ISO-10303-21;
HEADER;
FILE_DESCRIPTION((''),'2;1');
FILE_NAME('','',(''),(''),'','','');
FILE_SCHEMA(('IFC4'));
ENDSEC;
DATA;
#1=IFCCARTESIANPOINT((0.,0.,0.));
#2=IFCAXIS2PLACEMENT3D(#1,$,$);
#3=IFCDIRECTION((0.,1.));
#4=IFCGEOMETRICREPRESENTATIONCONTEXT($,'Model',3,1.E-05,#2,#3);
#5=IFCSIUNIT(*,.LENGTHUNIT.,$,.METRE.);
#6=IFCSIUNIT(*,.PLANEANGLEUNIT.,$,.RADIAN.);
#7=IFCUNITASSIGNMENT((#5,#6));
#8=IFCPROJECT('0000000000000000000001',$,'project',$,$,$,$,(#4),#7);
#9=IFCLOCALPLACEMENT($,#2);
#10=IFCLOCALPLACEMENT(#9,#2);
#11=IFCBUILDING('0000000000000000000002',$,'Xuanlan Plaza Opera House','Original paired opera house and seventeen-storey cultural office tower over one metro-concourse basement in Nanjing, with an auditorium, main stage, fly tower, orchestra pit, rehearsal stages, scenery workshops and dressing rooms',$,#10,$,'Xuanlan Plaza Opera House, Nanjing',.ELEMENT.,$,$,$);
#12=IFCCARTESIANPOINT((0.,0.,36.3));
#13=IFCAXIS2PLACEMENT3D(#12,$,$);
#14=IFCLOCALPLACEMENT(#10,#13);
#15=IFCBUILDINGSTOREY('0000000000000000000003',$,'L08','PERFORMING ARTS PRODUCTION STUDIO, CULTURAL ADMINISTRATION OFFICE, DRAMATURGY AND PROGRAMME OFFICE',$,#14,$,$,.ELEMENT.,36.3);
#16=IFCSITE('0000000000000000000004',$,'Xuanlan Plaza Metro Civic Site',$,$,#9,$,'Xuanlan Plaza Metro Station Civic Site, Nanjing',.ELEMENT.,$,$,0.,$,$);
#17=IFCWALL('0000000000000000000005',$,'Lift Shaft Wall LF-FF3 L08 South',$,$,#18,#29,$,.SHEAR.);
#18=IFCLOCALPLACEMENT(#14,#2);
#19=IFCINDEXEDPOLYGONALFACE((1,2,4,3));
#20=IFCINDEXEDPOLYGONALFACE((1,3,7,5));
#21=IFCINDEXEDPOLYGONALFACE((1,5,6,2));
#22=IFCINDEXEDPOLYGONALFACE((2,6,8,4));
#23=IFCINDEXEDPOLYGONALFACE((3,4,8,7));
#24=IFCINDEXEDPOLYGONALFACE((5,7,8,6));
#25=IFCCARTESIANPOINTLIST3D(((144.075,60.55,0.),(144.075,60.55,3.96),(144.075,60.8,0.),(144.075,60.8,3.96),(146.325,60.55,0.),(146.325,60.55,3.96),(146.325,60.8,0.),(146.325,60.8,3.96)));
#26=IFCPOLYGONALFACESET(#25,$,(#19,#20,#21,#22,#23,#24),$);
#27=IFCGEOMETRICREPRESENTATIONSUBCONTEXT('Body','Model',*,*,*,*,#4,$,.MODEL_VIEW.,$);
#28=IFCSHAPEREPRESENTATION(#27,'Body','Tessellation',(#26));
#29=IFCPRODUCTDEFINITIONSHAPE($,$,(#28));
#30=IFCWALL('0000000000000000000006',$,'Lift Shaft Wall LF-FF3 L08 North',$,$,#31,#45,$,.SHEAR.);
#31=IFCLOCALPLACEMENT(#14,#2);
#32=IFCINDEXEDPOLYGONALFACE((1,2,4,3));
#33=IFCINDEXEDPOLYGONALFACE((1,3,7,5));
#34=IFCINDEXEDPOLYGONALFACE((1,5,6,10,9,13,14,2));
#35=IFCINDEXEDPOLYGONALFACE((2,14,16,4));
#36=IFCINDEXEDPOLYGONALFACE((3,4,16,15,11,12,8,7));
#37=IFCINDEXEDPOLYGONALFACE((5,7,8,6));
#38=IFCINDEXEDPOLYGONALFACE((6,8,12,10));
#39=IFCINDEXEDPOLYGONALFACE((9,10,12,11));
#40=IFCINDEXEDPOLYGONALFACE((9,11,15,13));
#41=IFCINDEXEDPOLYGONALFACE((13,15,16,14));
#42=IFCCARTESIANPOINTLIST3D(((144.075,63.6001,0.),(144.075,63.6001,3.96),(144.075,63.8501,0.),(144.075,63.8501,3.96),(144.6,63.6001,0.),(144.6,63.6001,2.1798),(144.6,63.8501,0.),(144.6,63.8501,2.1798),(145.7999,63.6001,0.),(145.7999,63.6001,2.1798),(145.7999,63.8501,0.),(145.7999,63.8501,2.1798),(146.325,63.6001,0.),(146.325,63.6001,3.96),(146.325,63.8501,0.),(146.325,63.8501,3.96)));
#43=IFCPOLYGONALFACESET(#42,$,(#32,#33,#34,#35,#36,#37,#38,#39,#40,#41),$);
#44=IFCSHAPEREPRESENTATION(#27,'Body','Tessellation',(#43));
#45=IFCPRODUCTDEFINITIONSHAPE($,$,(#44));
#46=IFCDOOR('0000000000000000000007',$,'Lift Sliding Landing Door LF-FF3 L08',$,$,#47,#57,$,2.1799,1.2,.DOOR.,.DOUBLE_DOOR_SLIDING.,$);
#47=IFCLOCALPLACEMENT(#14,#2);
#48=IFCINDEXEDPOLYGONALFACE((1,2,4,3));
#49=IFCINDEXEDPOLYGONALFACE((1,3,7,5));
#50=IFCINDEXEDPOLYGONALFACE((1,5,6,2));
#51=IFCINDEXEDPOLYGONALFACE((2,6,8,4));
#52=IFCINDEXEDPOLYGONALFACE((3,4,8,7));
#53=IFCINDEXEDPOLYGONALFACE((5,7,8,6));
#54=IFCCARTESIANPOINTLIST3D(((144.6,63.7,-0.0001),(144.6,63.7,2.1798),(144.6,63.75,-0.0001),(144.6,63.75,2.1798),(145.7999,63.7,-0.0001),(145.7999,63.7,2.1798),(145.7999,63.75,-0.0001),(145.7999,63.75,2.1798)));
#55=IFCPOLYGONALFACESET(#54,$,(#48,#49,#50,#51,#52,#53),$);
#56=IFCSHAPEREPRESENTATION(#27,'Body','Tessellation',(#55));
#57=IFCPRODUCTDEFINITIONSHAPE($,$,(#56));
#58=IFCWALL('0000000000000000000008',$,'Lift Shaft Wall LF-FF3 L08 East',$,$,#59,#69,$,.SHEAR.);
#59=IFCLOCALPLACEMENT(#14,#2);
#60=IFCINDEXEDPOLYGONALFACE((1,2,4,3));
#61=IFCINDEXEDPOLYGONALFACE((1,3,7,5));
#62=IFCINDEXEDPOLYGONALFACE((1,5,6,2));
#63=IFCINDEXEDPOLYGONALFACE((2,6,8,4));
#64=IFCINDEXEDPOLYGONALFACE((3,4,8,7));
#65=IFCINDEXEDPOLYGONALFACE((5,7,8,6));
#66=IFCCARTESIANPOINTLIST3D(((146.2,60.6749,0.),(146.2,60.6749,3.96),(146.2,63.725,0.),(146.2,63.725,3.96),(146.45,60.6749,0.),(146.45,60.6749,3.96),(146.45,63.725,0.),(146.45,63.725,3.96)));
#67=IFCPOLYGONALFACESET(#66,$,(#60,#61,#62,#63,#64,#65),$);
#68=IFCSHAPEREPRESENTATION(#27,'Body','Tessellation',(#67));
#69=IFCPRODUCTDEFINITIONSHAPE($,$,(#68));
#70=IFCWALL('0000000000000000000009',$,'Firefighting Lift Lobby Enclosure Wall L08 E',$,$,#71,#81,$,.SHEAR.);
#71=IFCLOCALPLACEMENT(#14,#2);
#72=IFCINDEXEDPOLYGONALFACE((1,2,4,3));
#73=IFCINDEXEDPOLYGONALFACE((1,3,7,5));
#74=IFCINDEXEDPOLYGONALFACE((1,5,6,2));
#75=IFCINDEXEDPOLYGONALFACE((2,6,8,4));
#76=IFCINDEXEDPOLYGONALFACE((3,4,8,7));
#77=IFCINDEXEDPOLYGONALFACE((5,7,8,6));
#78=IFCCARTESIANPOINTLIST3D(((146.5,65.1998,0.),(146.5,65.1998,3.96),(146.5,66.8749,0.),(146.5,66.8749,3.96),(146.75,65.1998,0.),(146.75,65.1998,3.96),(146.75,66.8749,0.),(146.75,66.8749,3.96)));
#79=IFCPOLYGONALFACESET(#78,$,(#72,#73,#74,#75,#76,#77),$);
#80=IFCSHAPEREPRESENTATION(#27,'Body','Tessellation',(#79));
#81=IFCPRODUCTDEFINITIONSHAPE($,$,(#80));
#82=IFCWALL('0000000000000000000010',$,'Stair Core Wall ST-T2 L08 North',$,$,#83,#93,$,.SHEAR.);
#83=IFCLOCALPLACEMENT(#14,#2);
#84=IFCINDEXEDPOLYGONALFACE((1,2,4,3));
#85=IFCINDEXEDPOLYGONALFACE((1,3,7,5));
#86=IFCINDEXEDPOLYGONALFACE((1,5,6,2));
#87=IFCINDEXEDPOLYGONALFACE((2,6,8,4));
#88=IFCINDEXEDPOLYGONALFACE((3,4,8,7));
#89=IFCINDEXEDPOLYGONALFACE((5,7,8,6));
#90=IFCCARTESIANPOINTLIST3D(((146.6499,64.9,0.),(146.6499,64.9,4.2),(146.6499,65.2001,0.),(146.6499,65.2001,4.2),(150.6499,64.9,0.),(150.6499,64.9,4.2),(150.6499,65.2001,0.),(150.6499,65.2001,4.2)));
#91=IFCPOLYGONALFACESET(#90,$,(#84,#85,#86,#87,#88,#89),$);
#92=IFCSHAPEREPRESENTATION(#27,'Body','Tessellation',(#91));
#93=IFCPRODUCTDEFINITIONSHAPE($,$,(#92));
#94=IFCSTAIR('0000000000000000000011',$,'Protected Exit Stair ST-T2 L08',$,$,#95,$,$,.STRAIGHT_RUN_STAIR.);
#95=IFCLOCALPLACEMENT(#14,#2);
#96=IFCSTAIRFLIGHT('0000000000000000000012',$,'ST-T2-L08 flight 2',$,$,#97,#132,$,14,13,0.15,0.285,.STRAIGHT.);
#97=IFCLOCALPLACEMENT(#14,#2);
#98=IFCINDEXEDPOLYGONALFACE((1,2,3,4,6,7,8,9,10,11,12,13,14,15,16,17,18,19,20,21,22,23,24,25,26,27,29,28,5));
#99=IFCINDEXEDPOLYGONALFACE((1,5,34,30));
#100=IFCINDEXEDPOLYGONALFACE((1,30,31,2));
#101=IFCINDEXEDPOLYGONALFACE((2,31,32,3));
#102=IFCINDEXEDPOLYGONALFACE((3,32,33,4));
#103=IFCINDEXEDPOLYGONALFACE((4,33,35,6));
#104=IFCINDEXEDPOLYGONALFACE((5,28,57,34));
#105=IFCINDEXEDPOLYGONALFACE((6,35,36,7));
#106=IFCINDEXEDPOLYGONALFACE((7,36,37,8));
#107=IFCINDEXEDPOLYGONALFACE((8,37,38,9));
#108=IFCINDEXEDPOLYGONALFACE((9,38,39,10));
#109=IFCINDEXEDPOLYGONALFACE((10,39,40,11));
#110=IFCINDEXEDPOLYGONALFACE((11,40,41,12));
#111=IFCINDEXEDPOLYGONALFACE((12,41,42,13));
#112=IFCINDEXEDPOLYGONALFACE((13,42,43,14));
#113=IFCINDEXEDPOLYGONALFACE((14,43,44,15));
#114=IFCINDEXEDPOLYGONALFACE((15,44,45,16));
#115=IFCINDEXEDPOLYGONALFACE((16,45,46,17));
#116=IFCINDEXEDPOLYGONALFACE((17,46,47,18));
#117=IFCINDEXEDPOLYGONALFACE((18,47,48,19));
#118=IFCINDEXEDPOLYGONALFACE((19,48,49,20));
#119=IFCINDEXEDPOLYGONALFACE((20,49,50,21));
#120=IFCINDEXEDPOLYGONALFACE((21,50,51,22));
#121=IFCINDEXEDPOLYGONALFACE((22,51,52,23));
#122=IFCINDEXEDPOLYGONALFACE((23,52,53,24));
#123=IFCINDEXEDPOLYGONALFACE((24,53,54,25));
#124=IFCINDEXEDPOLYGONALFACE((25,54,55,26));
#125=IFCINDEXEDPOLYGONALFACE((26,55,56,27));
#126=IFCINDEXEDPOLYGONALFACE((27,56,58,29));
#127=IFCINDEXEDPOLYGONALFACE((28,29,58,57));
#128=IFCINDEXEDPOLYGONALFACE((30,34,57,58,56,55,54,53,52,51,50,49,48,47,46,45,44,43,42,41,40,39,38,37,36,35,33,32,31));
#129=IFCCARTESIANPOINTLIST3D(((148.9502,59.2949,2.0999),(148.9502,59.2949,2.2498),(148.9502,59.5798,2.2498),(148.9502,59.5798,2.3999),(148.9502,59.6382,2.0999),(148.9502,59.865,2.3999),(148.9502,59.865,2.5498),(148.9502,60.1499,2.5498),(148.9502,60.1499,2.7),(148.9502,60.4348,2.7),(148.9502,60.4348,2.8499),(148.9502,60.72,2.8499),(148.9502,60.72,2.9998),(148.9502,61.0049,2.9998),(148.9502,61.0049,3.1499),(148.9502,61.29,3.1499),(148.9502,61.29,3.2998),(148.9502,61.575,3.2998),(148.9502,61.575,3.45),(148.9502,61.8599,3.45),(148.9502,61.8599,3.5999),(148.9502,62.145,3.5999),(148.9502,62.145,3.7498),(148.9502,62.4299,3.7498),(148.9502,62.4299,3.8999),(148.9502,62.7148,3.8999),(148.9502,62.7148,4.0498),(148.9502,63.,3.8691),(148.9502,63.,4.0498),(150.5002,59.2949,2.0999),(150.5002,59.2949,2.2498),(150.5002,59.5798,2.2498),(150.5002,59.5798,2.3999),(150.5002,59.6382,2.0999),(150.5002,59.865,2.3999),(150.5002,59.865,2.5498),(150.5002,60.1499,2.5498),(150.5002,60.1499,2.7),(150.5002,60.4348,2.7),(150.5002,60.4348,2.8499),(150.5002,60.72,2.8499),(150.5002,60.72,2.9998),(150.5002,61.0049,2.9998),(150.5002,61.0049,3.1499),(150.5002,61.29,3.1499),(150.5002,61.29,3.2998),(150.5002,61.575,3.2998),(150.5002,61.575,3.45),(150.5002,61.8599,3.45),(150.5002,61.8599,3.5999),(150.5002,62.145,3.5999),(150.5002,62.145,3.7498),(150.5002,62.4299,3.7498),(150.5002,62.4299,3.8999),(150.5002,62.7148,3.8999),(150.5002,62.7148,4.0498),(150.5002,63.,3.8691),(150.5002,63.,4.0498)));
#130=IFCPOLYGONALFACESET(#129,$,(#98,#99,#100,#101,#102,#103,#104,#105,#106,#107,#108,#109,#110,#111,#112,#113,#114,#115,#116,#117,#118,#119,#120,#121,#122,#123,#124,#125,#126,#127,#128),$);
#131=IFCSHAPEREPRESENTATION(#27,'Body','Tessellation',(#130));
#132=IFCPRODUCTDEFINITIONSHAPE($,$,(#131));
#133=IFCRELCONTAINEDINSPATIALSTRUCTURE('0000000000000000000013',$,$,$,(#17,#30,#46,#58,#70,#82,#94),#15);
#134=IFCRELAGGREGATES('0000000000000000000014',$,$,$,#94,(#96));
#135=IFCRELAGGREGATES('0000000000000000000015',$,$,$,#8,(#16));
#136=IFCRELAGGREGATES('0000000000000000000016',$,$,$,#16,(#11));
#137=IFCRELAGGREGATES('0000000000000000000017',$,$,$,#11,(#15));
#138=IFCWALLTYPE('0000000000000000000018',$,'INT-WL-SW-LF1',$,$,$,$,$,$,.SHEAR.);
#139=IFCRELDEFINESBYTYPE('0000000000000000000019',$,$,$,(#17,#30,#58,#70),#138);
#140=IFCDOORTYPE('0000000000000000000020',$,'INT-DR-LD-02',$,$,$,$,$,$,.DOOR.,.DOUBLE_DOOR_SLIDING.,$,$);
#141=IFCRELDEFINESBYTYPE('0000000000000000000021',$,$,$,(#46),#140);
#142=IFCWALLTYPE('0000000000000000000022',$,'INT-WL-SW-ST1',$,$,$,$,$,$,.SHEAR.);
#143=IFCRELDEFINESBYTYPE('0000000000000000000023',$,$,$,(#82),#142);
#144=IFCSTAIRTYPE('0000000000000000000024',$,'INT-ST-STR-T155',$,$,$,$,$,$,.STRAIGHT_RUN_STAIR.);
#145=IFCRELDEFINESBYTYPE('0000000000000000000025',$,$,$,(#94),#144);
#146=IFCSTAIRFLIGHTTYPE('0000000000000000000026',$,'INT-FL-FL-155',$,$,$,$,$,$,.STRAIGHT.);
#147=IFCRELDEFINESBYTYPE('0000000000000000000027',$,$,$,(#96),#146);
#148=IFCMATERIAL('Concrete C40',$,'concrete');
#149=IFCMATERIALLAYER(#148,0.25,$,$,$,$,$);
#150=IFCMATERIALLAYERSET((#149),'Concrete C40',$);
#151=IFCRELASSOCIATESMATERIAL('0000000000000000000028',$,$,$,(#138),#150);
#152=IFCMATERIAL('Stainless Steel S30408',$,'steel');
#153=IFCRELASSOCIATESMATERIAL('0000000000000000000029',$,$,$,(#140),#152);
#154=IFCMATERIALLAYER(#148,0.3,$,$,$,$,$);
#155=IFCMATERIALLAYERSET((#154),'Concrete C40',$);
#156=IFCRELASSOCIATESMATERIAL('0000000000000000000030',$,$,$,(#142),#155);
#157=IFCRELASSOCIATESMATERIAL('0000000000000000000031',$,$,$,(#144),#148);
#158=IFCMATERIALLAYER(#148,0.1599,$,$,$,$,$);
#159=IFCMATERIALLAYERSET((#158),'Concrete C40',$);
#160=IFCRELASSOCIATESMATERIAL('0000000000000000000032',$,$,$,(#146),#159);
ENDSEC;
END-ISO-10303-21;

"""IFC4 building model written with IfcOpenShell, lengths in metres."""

from ifc_helpers import new_model, si_unit, direction, frame, frame_2d, origin, place, context, subcontext, project, spatial, polyline, rectangle, outline, extrude, material, layer, layer_set, type_object, element, fill, aggregate, save


model = new_model("IFC4")

# Units and contexts
model_context = context("Model", 3, precision=1e-05, world=origin(), true_north=direction((0.0, 1.0)))
body_context = subcontext(model_context, "Body", "Model", "MODEL_VIEW")
ifc_project = project(units=[si_unit("LENGTHUNIT", "METRE"), si_unit("PLANEANGLEUNIT", "RADIAN")], contexts=[model_context])

# Site, building, storey
site_placement = place(None, origin())
site = spatial("IfcSite", under=ifc_project, at=site_placement, Name="Xuanlan Plaza Metro Civic Site", LongName="Xuanlan Plaza Metro Station Civic Site, Nanjing", CompositionType="ELEMENT", RefElevation=0.0)
building_placement = place(site_placement, origin())
building = spatial("IfcBuilding", under=site, at=building_placement, Name="Xuanlan Plaza Opera House", Description="Original paired opera house and seventeen-storey cultural office tower over one metro-concourse basement in Nanjing, with an auditorium, main stage, fly tower, orchestra pit, rehearsal stages, scenery workshops and dressing rooms", LongName="Xuanlan Plaza Opera House, Nanjing", CompositionType="ELEMENT")
storey_placement = place(building_placement, frame((0.0, 0.0, 36.3)))
storey = spatial("IfcBuildingStorey", under=building, at=storey_placement, Name="L08", Description="PERFORMING ARTS PRODUCTION STUDIO, CULTURAL ADMINISTRATION OFFICE, DRAMATURGY AND PROGRAMME OFFICE", CompositionType="ELEMENT", Elevation=36.3)

# Shared definitions
ifc_material_1 = material(Name="Concrete C40", Category="concrete")

# Shared definitions
ifc_layer_1 = layer(ifc_material_1, 0.25)
ifc_layer_set_1 = layer_set([ifc_layer_1], Name="Concrete C40")
wall_type_1 = type_object("IfcWallType", Name="INT-WL-SW-LF1", PredefinedType="SHEAR", material=ifc_layer_set_1)

# Shared definitions
ifc_material_2 = material(Name="Stainless Steel S30408", Category="steel")
door_type = type_object("IfcDoorType", Name="INT-DR-LD-02", OperationType="DOUBLE_DOOR_SLIDING", PredefinedType="DOOR", material=ifc_material_2)

# Wall
wall_1_placement = place(storey_placement, frame((144.075, 60.675, 0.0), z_axis=(0.0, 0.0, 1.0), x_axis=(1.0, 0.0, 0.0)))
element("IfcWall", 1, at=wall_1_placement, inside=storey, type_object=wall_type_1, Name="Lift Shaft Wall LF-FF3 L08 South", PredefinedType="SHEAR", context=body_context, shape_type="SweptSolid", body=[
    extrude(rectangle(XDim=2.25, YDim=0.25, at=frame_2d((1.125, 0.0))), origin(), (0.0, 0.0, 1.0), 3.96),
])

# Wall, opening, door
wall_2_placement = place(storey_placement, frame((144.075, 63.7251, 0.0), z_axis=(0.0, 0.0, 1.0), x_axis=(1.0, 0.0, 0.0)))
wall_2 = element("IfcWall", 2, at=wall_2_placement, inside=storey, type_object=wall_type_1, Name="Lift Shaft Wall LF-FF3 L08 North", PredefinedType="SHEAR", context=body_context, shape_type="SweptSolid", body=[
    extrude(rectangle(XDim=2.25, YDim=0.25, at=frame_2d((1.125, 0.0))), origin(), (0.0, 0.0, 1.0), 3.96),
])
opening_1_placement = place(wall_2_placement, frame((0.5249, 0.0, 0.0)))
opening_1 = element("IfcOpeningElement", 3, at=opening_1_placement, cuts=wall_2, PredefinedType="OPENING", context=body_context, shape_type="SweptSolid", body=[
    extrude(rectangle(XDim=1.2, YDim=2.1799, at=frame_2d((0.6001, 1.0898))), frame((0.0, 0.135, 0.0), z_axis=(0.0, -1.0, 0.0), x_axis=(1.0, 0.0, 0.0)), (0.0, 0.0, 1.0), 0.27),
])
door_1_placement = place(opening_1_placement, origin())
door_1 = element("IfcDoor", 4, at=door_1_placement, inside=storey, type_object=door_type, Name="Lift Sliding Landing Door LF-FF3 L08", OperationType="DOUBLE_DOOR_SLIDING", OverallHeight=2.1799, OverallWidth=1.2, PredefinedType="DOOR", context=body_context, shape_type="SweptSolid", body=[
    extrude(rectangle(XDim=1.2, YDim=2.1799, at=frame_2d((0.6001, 1.0898))), frame((0.0, 0.0249, 0.0), z_axis=(0.0, -1.0, 0.0), x_axis=(1.0, 0.0, 0.0)), (0.0, 0.0, 1.0), 0.05),
])
fill(opening_1, door_1)

# Walls
wall_3_placement = place(storey_placement, frame((146.325, 60.675, 0.0), z_axis=(0.0, 0.0, 1.0), x_axis=(0.0, 1.0, 0.0)))
element("IfcWall", 5, at=wall_3_placement, inside=storey, type_object=wall_type_1, Name="Lift Shaft Wall LF-FF3 L08 East", PredefinedType="SHEAR", context=body_context, shape_type="SweptSolid", body=[
    extrude(rectangle(XDim=3.05, YDim=0.25, at=frame_2d((1.5249, 0.0))), origin(), (0.0, 0.0, 1.0), 3.96),
])
wall_4_placement = place(storey_placement, frame((146.625, 65.2, 0.0), z_axis=(0.0, 0.0, 1.0), x_axis=(0.0, 1.0, 0.0)))
element("IfcWall", 6, at=wall_4_placement, inside=storey, type_object=wall_type_1, Name="Firefighting Lift Lobby Enclosure Wall L08 E", PredefinedType="SHEAR", context=body_context, shape_type="SweptSolid", body=[
    extrude(rectangle(XDim=1.675, YDim=0.25, at=frame_2d((0.8374, 0.0))), origin(), (0.0, 0.0, 1.0), 3.96),
])
ifc_layer_2 = layer(ifc_material_1, 0.3)
ifc_layer_set_2 = layer_set([ifc_layer_2], Name="Concrete C40")
wall_type_2 = type_object("IfcWallType", Name="INT-WL-SW-ST1", PredefinedType="SHEAR", material=ifc_layer_set_2)
wall_5_placement = place(storey_placement, frame((146.6499, 65.05, 0.0), z_axis=(0.0, 0.0, 1.0), x_axis=(1.0, 0.0, 0.0)))
element("IfcWall", 7, at=wall_5_placement, inside=storey, type_object=wall_type_2, Name="Stair Core Wall ST-T2 L08 North", PredefinedType="SHEAR", context=body_context, shape_type="SweptSolid", body=[
    extrude(rectangle(XDim=4.0, YDim=0.3, at=frame_2d((2.0, 0.0))), origin(), (0.0, 0.0, 1.0), 4.2),
])

# Stair, stair flight
stair_type = type_object("IfcStairType", Name="INT-ST-STR-T155", PredefinedType="STRAIGHT_RUN_STAIR", material=ifc_material_1)
stair_placement = place(storey_placement, origin())
stair = element("IfcStair", 8, at=stair_placement, inside=storey, type_object=stair_type, Name="Protected Exit Stair ST-T2 L08", PredefinedType="STRAIGHT_RUN_STAIR")
ifc_layer_3 = layer(ifc_material_1, 0.1599)
ifc_layer_set_3 = layer_set([ifc_layer_3], Name="Concrete C40")
stair_flight_type = type_object("IfcStairFlightType", Name="INT-FL-FL-155", PredefinedType="STRAIGHT", material=ifc_layer_set_3)
stair_flight_placement = place(storey_placement, frame((149.7251, 59.2949, 2.0999), z_axis=(0.0, 0.0, 1.0), x_axis=(0.0, 1.0, 0.0)))
stair_flight = element("IfcStairFlight", 9, at=stair_flight_placement, type_object=stair_flight_type, Name="ST-T2-L08 flight 2", NumberOfRisers=14, NumberOfTreads=13, PredefinedType="STRAIGHT", RiserHeight=0.15, TreadLength=0.285, context=body_context, shape_type="SweptSolid", body=[
    extrude(outline(polyline([(0.0, 0.0), (0.0, 0.1499), (0.2849, 0.1499), (0.2849, 0.3), (0.5701, 0.3), (0.5701, 0.45), (0.855, 0.45), (0.855, 0.6001), (1.1399, 0.6001), (1.1399, 0.75), (1.425, 0.75), (1.425, 0.8999), (1.71, 0.8999), (1.71, 1.05), (1.9951, 1.05), (1.9951, 1.2), (2.28, 1.2), (2.28, 1.3501), (2.5649, 1.3501), (2.5649, 1.5), (2.8501, 1.5), (2.8501, 1.6499), (3.135, 1.6499), (3.135, 1.8), (3.4199, 1.8), (3.4199, 1.95), (3.7051, 1.95), (3.7051, 2.1001), (3.7051, 1.7693), (0.3433, 0.0), (0.0, 0.0)])), frame((0.0, 0.7749, 0.0), z_axis=(0.0, -1.0, 0.0), x_axis=(1.0, 0.0, 0.0)), (0.0, 0.0, 1.0), 1.55),
])
aggregate(stair, [stair_flight])

save(model, "model.ifc")
